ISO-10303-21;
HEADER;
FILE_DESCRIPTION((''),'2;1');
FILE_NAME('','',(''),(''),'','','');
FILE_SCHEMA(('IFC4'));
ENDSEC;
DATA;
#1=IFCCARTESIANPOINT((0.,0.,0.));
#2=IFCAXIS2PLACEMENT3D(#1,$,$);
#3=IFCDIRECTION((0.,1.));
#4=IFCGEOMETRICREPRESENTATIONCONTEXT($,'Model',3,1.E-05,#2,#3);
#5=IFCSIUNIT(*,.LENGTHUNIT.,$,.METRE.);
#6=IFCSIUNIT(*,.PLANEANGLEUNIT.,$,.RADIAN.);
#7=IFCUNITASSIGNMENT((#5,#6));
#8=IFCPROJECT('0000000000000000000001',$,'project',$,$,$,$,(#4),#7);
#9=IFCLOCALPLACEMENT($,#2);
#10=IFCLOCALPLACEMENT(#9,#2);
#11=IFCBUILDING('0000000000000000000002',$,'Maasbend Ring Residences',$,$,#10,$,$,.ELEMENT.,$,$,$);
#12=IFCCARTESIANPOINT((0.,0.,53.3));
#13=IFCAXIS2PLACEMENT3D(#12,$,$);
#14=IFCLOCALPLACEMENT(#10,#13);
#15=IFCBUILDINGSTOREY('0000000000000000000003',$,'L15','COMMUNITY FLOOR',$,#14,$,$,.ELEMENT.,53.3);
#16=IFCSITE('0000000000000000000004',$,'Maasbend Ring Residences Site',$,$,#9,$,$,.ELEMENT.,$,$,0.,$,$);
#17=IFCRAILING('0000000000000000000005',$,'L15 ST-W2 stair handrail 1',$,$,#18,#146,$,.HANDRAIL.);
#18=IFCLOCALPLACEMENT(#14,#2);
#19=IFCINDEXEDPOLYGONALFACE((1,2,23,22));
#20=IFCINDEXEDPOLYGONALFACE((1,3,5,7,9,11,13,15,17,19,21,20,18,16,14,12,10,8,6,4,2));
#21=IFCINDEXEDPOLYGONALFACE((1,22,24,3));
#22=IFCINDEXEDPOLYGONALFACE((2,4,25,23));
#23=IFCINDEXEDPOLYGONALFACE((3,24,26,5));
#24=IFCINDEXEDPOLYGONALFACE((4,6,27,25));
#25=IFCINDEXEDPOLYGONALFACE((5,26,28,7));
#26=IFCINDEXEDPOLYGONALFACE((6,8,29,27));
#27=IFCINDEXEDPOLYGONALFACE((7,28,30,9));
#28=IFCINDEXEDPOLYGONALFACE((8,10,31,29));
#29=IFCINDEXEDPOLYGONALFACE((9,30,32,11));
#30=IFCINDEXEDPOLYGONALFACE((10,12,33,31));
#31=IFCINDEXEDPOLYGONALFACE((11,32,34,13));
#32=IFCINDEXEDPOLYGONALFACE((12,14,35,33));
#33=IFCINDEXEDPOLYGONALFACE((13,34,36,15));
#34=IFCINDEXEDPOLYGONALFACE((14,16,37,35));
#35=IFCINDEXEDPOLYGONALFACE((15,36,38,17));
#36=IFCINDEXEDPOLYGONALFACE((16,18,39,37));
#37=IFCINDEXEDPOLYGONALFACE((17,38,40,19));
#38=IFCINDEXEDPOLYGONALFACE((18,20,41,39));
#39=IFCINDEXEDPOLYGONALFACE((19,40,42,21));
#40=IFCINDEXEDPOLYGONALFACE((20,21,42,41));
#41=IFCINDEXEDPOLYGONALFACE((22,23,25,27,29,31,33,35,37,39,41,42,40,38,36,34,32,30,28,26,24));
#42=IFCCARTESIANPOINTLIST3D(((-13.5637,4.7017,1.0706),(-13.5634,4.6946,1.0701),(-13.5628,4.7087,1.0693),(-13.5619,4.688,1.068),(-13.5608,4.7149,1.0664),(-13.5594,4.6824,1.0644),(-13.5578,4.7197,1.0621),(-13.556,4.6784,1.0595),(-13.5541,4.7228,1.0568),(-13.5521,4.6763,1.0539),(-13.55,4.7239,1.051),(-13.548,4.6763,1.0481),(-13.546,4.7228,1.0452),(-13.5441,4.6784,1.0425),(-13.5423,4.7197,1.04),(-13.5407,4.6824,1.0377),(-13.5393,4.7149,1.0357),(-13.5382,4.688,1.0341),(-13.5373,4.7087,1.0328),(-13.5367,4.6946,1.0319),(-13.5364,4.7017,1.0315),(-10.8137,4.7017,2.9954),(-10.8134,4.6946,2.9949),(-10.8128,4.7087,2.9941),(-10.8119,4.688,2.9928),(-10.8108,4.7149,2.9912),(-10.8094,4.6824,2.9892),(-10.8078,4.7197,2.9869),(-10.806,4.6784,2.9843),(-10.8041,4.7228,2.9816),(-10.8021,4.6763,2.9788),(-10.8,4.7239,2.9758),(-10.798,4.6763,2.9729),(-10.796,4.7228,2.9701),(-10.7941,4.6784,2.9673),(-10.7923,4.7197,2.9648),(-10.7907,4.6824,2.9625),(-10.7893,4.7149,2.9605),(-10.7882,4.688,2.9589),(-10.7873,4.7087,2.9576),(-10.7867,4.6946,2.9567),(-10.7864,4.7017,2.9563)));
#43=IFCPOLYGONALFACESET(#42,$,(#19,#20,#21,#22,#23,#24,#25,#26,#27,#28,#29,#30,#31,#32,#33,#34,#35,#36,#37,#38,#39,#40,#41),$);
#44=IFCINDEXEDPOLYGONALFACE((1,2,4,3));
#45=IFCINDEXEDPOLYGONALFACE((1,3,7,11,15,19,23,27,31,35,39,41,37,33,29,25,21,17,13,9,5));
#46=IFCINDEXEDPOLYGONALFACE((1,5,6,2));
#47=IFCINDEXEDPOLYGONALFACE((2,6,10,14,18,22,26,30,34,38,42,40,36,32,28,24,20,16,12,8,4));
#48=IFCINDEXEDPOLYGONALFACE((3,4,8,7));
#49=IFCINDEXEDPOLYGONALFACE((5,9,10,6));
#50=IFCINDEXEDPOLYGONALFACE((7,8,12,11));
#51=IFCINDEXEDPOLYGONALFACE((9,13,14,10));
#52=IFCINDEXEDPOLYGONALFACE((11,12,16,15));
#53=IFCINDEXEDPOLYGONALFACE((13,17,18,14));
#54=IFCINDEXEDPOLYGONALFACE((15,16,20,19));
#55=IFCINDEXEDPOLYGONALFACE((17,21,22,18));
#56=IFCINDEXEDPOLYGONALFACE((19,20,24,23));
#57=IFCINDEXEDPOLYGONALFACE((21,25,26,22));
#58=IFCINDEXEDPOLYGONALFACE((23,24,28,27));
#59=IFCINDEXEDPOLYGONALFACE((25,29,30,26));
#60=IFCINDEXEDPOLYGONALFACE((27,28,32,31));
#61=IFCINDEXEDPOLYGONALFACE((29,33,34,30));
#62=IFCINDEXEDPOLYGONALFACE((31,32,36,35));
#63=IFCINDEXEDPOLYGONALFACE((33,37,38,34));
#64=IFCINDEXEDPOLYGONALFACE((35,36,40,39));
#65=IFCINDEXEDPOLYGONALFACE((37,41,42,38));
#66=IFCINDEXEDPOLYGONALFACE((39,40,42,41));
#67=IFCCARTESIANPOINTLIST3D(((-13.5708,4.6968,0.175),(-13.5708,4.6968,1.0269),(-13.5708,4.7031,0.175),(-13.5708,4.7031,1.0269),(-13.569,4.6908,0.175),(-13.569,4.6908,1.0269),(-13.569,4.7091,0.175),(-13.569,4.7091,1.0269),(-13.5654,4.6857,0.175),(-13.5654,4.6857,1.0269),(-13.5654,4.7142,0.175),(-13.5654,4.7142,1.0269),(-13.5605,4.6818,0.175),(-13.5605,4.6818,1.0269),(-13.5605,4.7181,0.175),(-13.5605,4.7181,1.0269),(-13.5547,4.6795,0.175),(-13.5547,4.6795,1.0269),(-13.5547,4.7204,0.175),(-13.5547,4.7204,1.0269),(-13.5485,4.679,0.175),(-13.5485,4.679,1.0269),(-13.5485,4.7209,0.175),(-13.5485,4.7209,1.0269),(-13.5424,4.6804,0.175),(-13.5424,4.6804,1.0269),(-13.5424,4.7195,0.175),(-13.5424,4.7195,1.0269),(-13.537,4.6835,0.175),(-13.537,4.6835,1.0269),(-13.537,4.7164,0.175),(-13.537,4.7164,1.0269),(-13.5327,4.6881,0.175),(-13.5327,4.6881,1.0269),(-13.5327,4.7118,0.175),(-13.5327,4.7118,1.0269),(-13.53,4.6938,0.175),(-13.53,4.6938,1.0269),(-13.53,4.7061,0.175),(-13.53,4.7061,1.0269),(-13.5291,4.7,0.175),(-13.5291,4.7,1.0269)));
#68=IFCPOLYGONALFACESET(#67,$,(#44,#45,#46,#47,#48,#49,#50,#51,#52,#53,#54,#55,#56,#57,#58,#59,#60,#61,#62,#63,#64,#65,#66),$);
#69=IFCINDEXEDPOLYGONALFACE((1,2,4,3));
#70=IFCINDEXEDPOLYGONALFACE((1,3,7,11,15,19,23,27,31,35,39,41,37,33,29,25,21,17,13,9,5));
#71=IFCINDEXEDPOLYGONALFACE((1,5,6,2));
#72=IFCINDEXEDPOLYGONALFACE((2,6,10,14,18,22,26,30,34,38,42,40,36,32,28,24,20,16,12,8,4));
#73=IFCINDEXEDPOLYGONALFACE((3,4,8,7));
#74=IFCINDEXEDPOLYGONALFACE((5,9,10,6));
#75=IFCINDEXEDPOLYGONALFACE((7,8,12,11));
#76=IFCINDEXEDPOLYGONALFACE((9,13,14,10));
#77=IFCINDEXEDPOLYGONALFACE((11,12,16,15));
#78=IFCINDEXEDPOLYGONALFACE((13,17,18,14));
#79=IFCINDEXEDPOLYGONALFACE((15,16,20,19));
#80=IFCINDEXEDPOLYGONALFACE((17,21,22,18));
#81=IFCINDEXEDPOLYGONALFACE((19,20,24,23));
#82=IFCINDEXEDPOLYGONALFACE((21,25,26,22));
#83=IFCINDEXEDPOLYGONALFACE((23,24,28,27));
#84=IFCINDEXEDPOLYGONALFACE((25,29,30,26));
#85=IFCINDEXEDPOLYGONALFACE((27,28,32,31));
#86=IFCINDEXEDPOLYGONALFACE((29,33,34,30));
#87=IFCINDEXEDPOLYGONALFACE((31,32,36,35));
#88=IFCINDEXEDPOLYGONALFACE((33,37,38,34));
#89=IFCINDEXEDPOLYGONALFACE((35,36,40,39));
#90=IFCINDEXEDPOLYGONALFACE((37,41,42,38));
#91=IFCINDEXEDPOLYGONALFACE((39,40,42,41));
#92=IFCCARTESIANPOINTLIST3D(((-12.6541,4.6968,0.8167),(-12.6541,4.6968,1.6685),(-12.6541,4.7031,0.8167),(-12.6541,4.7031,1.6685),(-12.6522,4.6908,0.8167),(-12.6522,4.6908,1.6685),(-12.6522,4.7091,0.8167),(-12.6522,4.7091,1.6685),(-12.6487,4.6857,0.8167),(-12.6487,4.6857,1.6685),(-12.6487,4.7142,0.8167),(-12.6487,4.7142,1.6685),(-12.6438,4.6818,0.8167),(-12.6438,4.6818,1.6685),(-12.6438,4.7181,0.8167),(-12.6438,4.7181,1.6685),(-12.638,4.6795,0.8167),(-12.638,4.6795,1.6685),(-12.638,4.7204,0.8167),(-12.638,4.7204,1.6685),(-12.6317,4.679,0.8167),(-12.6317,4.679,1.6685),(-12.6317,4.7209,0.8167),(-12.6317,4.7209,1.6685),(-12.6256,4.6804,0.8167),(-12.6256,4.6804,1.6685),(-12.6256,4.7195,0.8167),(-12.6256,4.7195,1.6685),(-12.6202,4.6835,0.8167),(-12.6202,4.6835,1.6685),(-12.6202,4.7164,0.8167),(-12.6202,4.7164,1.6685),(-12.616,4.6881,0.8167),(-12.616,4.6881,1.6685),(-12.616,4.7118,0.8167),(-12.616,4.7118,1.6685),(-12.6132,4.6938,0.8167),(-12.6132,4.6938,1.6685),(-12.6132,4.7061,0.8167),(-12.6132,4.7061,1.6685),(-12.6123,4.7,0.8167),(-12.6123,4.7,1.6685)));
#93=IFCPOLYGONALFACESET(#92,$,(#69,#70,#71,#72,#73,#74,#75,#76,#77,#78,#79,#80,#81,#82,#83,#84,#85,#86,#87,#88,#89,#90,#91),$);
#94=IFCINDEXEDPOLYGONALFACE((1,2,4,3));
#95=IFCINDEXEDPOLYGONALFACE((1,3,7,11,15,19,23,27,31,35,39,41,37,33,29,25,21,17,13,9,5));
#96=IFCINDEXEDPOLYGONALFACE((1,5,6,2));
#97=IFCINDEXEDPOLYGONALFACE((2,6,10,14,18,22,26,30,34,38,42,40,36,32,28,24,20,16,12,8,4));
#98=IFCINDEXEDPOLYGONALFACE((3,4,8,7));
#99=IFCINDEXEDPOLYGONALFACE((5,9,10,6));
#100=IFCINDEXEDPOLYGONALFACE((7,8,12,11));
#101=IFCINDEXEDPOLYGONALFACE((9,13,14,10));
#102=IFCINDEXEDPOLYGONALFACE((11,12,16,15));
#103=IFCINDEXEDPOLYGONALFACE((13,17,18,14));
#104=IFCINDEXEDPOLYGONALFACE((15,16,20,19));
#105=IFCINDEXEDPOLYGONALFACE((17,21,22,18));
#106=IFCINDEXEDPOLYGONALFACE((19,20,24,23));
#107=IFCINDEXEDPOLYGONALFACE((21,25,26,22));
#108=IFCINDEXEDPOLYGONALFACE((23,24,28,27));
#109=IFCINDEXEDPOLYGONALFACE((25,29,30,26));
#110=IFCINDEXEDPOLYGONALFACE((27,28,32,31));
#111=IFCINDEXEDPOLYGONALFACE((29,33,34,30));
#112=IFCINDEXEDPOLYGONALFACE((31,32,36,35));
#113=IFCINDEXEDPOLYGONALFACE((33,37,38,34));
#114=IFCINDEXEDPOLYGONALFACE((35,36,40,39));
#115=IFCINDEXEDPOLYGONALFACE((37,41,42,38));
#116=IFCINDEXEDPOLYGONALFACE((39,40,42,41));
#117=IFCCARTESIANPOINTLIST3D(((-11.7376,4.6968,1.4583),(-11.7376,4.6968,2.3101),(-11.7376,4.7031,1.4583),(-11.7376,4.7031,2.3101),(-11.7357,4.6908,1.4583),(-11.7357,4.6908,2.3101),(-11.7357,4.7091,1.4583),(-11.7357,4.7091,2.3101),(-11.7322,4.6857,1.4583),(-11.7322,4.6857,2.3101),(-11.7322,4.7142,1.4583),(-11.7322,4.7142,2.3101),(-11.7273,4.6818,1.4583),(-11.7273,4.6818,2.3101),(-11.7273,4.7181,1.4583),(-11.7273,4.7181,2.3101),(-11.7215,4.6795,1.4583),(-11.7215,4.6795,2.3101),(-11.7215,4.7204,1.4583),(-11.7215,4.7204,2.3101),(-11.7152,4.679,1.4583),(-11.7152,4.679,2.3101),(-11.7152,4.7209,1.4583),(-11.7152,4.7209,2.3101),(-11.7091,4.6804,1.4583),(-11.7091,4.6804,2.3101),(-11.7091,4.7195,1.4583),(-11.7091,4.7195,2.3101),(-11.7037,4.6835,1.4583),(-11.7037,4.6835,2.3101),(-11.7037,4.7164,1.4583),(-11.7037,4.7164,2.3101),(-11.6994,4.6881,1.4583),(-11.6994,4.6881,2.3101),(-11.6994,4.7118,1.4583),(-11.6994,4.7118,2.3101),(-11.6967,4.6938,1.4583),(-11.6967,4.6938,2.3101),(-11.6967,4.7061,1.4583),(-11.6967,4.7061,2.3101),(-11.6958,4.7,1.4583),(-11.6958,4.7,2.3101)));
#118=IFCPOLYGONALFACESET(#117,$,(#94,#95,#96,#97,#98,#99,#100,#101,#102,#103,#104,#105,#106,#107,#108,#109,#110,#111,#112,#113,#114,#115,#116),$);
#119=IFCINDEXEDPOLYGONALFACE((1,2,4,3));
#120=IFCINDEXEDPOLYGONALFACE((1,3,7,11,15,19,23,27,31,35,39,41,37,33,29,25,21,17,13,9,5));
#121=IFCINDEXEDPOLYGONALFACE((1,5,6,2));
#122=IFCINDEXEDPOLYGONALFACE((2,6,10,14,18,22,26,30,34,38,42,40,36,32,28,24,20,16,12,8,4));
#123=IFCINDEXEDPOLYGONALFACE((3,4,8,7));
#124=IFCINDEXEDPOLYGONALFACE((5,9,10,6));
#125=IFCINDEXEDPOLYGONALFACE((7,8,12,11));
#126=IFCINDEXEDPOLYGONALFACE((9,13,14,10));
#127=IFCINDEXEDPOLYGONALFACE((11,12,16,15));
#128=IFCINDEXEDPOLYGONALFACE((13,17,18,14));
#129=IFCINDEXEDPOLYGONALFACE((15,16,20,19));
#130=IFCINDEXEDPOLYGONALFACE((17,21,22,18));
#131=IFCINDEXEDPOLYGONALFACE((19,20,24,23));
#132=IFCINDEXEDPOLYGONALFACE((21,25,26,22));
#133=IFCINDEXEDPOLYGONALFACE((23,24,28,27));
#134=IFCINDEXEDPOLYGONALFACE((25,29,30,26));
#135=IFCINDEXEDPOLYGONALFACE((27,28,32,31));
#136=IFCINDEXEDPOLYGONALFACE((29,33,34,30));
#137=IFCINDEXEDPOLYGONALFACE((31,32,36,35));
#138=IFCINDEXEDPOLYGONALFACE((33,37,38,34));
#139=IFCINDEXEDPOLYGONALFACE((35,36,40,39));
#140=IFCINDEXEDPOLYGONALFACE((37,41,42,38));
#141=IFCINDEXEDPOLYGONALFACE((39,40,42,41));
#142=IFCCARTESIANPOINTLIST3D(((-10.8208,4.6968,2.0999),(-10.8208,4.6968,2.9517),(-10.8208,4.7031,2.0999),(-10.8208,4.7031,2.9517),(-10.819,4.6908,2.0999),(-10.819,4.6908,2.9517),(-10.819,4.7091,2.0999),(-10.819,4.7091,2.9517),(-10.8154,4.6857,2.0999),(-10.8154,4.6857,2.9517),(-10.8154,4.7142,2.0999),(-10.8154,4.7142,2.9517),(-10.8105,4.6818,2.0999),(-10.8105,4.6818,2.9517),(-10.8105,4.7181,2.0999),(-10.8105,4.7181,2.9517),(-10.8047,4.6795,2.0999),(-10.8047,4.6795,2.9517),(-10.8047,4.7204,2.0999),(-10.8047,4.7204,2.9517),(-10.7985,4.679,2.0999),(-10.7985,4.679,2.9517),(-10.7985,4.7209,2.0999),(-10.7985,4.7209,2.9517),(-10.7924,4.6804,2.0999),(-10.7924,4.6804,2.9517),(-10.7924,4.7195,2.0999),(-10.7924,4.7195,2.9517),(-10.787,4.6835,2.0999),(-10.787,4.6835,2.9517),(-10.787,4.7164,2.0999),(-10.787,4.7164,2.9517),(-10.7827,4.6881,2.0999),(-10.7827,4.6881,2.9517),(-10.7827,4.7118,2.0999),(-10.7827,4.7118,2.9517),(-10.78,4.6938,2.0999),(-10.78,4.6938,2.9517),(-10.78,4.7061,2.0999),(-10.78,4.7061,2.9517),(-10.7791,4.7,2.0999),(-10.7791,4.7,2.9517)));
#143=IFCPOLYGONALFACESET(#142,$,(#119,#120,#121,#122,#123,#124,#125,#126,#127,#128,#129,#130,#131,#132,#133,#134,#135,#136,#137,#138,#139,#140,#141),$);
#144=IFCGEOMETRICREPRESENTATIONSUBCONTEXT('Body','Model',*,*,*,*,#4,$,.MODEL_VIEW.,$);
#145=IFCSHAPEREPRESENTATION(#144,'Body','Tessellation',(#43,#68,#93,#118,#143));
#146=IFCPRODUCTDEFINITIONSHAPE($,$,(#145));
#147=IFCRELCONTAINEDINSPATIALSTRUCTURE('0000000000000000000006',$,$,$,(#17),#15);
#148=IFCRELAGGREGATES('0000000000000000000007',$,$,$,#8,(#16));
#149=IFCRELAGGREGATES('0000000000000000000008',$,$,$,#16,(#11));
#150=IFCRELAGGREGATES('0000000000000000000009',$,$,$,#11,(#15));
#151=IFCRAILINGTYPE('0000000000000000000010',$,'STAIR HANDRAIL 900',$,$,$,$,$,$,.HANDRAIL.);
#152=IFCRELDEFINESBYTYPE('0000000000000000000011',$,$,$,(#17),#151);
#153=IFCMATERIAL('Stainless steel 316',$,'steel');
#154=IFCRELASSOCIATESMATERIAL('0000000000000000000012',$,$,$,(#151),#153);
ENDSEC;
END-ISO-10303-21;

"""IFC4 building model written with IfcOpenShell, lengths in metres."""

from ifc_helpers import new_model, si_unit, direction, frame, origin, origin_2d, place, context, subcontext, project, spatial, circle, extrude, material, type_object, element, save


model = new_model("IFC4")

# Units and contexts
model_context = context("Model", 3, precision=1e-05, world=origin(), true_north=direction((0.0, 1.0)))
body_context = subcontext(model_context, "Body", "Model", "MODEL_VIEW")
ifc_project = project(units=[si_unit("LENGTHUNIT", "METRE"), si_unit("PLANEANGLEUNIT", "RADIAN")], contexts=[model_context])

# Site, building, storey
site_placement = place(None, origin())
site = spatial("IfcSite", under=ifc_project, at=site_placement, Name="Maasbend Ring Residences Site", CompositionType="ELEMENT", RefElevation=0.0)
building_placement = place(site_placement, origin())
building = spatial("IfcBuilding", under=site, at=building_placement, Name="Maasbend Ring Residences", CompositionType="ELEMENT")
storey_placement = place(building_placement, frame((0.0, 0.0, 53.3)))
storey = spatial("IfcBuildingStorey", under=building, at=storey_placement, Name="L15", Description="COMMUNITY FLOOR", CompositionType="ELEMENT", Elevation=53.3)

# Railing
ifc_material_1 = material(Name="Stainless steel 316", Category="steel")
railing_type_1 = type_object("IfcRailingType", Name="STAIR HANDRAIL 900", PredefinedType="HANDRAIL", material=ifc_material_1)
railing_1_placement = place(storey_placement, frame((-13.55, 4.7, 0.175)))
element("IfcRailing", 1, at=railing_1_placement, inside=storey, type_object=railing_type_1, Name="L15 ST-W2 stair handrail 1", PredefinedType="HANDRAIL", context=body_context, shape_type="SweptSolid", body=[
    extrude(circle(Radius=0.0239, at=origin_2d()), frame((0.0, 0.0, 0.876), z_axis=(0.819259, 0.0, 0.573423), x_axis=(0.0, 1.0, 0.0)), (0.0, 0.0, 1.0), 3.3567),
    extrude(circle(Radius=0.021, at=origin_2d()), origin(), (0.0, 0.0, 1.0), 0.8518),
    extrude(circle(Radius=0.021, at=origin_2d()), frame((0.9167, 0.0, 0.6416)), (0.0, 0.0, 1.0), 0.8518),
    extrude(circle(Radius=0.021, at=origin_2d()), frame((1.8333, 0.0, 1.2832)), (0.0, 0.0, 1.0), 0.8518),
    extrude(circle(Radius=0.021, at=origin_2d()), frame((2.75, 0.0, 1.9248)), (0.0, 0.0, 1.0), 0.8518),
])

save(model, "model.ifc")
